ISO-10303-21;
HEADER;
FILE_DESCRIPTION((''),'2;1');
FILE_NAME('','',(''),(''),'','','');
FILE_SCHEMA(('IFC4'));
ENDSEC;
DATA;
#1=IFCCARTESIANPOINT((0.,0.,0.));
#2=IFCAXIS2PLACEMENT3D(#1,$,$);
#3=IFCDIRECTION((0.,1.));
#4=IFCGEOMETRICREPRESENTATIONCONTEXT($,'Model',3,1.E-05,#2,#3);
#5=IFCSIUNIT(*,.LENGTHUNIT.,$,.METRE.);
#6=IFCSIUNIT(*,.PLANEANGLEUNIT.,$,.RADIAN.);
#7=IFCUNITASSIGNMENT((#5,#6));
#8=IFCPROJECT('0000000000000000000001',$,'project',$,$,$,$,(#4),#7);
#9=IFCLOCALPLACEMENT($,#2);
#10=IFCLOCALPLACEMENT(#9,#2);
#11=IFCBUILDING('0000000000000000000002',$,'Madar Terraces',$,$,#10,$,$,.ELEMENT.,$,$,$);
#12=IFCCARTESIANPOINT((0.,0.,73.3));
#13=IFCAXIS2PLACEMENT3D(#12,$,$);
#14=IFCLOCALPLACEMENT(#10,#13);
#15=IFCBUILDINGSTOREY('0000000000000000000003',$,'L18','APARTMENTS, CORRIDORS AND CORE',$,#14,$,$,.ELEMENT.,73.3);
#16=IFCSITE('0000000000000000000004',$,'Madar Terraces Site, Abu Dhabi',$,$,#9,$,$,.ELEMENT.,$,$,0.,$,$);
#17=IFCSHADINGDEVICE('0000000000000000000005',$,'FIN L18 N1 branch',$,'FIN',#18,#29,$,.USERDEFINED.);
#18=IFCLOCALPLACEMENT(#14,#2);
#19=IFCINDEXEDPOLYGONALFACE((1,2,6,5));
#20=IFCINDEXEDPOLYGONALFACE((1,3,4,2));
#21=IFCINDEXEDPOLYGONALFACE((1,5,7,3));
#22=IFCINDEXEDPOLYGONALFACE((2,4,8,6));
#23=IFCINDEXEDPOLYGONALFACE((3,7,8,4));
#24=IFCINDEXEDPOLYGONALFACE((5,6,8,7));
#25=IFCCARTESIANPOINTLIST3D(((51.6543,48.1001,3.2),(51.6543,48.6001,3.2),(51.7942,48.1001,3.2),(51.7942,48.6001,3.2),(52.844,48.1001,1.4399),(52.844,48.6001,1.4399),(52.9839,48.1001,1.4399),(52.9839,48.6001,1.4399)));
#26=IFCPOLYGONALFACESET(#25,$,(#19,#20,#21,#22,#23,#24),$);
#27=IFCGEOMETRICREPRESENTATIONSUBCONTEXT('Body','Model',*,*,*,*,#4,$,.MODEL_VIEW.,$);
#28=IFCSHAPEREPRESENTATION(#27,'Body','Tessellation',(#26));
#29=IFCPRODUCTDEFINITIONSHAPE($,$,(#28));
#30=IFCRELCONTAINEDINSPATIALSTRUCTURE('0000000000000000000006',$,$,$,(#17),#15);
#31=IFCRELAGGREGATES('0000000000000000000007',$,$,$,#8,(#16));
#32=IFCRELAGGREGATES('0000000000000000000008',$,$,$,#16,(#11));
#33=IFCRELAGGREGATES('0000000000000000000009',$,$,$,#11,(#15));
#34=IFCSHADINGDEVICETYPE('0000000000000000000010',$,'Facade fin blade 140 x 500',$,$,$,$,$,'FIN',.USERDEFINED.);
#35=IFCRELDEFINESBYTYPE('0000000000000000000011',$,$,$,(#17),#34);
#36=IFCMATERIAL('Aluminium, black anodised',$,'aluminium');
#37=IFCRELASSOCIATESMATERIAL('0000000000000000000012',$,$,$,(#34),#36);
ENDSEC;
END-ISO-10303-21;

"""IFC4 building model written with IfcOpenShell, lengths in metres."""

from ifc_helpers import new_model, si_unit, direction, frame, origin, place, context, subcontext, project, spatial, polyline, outline, extrude, material, type_object, element, save


model = new_model("IFC4")

# Units and contexts
model_context = context("Model", 3, precision=1e-05, world=origin(), true_north=direction((0.0, 1.0)))
body_context = subcontext(model_context, "Body", "Model", "MODEL_VIEW")
ifc_project = project(units=[si_unit("LENGTHUNIT", "METRE"), si_unit("PLANEANGLEUNIT", "RADIAN")], contexts=[model_context])

# Site, building, storey
site_placement = place(None, origin())
site = spatial("IfcSite", under=ifc_project, at=site_placement, Name="Madar Terraces Site, Abu Dhabi", CompositionType="ELEMENT", RefElevation=0.0)
building_placement = place(site_placement, origin())
building = spatial("IfcBuilding", under=site, at=building_placement, Name="Madar Terraces", CompositionType="ELEMENT")
storey_placement = place(building_placement, frame((0.0, 0.0, 73.3)))
storey = spatial("IfcBuildingStorey", under=building, at=storey_placement, Name="L18", Description="APARTMENTS, CORRIDORS AND CORE", CompositionType="ELEMENT", Elevation=73.3)

# Shading device
ifc_material_1 = material(Name="Aluminium, black anodised", Category="aluminium")
shading_device_type = type_object("IfcShadingDeviceType", Name="Facade fin blade 140 x 500", ElementType="FIN", PredefinedType="USERDEFINED", material=ifc_material_1)
shading_device_1_placement = place(storey_placement, frame((52.9839, 48.3501, 1.4399), z_axis=(0.0, 0.0, 1.0), x_axis=(-1.0, 0.0, 0.0)))
element("IfcShadingDevice", 1, at=shading_device_1_placement, inside=storey, type_object=shading_device_type, Name="FIN L18 N1 branch", ObjectType="FIN", PredefinedType="USERDEFINED", context=body_context, shape_type="SweptSolid", body=[
    extrude(outline(polyline([(0.0, 0.0), (0.1399, 0.0), (1.3296, 1.76), (1.1897, 1.76), (0.0, 0.0)])), frame((0.0, 0.25, 0.0), z_axis=(0.0, -1.0, 0.0), x_axis=(1.0, 0.0, 0.0)), (0.0, 0.0, 1.0), 0.5),
])

save(model, "model.ifc")
